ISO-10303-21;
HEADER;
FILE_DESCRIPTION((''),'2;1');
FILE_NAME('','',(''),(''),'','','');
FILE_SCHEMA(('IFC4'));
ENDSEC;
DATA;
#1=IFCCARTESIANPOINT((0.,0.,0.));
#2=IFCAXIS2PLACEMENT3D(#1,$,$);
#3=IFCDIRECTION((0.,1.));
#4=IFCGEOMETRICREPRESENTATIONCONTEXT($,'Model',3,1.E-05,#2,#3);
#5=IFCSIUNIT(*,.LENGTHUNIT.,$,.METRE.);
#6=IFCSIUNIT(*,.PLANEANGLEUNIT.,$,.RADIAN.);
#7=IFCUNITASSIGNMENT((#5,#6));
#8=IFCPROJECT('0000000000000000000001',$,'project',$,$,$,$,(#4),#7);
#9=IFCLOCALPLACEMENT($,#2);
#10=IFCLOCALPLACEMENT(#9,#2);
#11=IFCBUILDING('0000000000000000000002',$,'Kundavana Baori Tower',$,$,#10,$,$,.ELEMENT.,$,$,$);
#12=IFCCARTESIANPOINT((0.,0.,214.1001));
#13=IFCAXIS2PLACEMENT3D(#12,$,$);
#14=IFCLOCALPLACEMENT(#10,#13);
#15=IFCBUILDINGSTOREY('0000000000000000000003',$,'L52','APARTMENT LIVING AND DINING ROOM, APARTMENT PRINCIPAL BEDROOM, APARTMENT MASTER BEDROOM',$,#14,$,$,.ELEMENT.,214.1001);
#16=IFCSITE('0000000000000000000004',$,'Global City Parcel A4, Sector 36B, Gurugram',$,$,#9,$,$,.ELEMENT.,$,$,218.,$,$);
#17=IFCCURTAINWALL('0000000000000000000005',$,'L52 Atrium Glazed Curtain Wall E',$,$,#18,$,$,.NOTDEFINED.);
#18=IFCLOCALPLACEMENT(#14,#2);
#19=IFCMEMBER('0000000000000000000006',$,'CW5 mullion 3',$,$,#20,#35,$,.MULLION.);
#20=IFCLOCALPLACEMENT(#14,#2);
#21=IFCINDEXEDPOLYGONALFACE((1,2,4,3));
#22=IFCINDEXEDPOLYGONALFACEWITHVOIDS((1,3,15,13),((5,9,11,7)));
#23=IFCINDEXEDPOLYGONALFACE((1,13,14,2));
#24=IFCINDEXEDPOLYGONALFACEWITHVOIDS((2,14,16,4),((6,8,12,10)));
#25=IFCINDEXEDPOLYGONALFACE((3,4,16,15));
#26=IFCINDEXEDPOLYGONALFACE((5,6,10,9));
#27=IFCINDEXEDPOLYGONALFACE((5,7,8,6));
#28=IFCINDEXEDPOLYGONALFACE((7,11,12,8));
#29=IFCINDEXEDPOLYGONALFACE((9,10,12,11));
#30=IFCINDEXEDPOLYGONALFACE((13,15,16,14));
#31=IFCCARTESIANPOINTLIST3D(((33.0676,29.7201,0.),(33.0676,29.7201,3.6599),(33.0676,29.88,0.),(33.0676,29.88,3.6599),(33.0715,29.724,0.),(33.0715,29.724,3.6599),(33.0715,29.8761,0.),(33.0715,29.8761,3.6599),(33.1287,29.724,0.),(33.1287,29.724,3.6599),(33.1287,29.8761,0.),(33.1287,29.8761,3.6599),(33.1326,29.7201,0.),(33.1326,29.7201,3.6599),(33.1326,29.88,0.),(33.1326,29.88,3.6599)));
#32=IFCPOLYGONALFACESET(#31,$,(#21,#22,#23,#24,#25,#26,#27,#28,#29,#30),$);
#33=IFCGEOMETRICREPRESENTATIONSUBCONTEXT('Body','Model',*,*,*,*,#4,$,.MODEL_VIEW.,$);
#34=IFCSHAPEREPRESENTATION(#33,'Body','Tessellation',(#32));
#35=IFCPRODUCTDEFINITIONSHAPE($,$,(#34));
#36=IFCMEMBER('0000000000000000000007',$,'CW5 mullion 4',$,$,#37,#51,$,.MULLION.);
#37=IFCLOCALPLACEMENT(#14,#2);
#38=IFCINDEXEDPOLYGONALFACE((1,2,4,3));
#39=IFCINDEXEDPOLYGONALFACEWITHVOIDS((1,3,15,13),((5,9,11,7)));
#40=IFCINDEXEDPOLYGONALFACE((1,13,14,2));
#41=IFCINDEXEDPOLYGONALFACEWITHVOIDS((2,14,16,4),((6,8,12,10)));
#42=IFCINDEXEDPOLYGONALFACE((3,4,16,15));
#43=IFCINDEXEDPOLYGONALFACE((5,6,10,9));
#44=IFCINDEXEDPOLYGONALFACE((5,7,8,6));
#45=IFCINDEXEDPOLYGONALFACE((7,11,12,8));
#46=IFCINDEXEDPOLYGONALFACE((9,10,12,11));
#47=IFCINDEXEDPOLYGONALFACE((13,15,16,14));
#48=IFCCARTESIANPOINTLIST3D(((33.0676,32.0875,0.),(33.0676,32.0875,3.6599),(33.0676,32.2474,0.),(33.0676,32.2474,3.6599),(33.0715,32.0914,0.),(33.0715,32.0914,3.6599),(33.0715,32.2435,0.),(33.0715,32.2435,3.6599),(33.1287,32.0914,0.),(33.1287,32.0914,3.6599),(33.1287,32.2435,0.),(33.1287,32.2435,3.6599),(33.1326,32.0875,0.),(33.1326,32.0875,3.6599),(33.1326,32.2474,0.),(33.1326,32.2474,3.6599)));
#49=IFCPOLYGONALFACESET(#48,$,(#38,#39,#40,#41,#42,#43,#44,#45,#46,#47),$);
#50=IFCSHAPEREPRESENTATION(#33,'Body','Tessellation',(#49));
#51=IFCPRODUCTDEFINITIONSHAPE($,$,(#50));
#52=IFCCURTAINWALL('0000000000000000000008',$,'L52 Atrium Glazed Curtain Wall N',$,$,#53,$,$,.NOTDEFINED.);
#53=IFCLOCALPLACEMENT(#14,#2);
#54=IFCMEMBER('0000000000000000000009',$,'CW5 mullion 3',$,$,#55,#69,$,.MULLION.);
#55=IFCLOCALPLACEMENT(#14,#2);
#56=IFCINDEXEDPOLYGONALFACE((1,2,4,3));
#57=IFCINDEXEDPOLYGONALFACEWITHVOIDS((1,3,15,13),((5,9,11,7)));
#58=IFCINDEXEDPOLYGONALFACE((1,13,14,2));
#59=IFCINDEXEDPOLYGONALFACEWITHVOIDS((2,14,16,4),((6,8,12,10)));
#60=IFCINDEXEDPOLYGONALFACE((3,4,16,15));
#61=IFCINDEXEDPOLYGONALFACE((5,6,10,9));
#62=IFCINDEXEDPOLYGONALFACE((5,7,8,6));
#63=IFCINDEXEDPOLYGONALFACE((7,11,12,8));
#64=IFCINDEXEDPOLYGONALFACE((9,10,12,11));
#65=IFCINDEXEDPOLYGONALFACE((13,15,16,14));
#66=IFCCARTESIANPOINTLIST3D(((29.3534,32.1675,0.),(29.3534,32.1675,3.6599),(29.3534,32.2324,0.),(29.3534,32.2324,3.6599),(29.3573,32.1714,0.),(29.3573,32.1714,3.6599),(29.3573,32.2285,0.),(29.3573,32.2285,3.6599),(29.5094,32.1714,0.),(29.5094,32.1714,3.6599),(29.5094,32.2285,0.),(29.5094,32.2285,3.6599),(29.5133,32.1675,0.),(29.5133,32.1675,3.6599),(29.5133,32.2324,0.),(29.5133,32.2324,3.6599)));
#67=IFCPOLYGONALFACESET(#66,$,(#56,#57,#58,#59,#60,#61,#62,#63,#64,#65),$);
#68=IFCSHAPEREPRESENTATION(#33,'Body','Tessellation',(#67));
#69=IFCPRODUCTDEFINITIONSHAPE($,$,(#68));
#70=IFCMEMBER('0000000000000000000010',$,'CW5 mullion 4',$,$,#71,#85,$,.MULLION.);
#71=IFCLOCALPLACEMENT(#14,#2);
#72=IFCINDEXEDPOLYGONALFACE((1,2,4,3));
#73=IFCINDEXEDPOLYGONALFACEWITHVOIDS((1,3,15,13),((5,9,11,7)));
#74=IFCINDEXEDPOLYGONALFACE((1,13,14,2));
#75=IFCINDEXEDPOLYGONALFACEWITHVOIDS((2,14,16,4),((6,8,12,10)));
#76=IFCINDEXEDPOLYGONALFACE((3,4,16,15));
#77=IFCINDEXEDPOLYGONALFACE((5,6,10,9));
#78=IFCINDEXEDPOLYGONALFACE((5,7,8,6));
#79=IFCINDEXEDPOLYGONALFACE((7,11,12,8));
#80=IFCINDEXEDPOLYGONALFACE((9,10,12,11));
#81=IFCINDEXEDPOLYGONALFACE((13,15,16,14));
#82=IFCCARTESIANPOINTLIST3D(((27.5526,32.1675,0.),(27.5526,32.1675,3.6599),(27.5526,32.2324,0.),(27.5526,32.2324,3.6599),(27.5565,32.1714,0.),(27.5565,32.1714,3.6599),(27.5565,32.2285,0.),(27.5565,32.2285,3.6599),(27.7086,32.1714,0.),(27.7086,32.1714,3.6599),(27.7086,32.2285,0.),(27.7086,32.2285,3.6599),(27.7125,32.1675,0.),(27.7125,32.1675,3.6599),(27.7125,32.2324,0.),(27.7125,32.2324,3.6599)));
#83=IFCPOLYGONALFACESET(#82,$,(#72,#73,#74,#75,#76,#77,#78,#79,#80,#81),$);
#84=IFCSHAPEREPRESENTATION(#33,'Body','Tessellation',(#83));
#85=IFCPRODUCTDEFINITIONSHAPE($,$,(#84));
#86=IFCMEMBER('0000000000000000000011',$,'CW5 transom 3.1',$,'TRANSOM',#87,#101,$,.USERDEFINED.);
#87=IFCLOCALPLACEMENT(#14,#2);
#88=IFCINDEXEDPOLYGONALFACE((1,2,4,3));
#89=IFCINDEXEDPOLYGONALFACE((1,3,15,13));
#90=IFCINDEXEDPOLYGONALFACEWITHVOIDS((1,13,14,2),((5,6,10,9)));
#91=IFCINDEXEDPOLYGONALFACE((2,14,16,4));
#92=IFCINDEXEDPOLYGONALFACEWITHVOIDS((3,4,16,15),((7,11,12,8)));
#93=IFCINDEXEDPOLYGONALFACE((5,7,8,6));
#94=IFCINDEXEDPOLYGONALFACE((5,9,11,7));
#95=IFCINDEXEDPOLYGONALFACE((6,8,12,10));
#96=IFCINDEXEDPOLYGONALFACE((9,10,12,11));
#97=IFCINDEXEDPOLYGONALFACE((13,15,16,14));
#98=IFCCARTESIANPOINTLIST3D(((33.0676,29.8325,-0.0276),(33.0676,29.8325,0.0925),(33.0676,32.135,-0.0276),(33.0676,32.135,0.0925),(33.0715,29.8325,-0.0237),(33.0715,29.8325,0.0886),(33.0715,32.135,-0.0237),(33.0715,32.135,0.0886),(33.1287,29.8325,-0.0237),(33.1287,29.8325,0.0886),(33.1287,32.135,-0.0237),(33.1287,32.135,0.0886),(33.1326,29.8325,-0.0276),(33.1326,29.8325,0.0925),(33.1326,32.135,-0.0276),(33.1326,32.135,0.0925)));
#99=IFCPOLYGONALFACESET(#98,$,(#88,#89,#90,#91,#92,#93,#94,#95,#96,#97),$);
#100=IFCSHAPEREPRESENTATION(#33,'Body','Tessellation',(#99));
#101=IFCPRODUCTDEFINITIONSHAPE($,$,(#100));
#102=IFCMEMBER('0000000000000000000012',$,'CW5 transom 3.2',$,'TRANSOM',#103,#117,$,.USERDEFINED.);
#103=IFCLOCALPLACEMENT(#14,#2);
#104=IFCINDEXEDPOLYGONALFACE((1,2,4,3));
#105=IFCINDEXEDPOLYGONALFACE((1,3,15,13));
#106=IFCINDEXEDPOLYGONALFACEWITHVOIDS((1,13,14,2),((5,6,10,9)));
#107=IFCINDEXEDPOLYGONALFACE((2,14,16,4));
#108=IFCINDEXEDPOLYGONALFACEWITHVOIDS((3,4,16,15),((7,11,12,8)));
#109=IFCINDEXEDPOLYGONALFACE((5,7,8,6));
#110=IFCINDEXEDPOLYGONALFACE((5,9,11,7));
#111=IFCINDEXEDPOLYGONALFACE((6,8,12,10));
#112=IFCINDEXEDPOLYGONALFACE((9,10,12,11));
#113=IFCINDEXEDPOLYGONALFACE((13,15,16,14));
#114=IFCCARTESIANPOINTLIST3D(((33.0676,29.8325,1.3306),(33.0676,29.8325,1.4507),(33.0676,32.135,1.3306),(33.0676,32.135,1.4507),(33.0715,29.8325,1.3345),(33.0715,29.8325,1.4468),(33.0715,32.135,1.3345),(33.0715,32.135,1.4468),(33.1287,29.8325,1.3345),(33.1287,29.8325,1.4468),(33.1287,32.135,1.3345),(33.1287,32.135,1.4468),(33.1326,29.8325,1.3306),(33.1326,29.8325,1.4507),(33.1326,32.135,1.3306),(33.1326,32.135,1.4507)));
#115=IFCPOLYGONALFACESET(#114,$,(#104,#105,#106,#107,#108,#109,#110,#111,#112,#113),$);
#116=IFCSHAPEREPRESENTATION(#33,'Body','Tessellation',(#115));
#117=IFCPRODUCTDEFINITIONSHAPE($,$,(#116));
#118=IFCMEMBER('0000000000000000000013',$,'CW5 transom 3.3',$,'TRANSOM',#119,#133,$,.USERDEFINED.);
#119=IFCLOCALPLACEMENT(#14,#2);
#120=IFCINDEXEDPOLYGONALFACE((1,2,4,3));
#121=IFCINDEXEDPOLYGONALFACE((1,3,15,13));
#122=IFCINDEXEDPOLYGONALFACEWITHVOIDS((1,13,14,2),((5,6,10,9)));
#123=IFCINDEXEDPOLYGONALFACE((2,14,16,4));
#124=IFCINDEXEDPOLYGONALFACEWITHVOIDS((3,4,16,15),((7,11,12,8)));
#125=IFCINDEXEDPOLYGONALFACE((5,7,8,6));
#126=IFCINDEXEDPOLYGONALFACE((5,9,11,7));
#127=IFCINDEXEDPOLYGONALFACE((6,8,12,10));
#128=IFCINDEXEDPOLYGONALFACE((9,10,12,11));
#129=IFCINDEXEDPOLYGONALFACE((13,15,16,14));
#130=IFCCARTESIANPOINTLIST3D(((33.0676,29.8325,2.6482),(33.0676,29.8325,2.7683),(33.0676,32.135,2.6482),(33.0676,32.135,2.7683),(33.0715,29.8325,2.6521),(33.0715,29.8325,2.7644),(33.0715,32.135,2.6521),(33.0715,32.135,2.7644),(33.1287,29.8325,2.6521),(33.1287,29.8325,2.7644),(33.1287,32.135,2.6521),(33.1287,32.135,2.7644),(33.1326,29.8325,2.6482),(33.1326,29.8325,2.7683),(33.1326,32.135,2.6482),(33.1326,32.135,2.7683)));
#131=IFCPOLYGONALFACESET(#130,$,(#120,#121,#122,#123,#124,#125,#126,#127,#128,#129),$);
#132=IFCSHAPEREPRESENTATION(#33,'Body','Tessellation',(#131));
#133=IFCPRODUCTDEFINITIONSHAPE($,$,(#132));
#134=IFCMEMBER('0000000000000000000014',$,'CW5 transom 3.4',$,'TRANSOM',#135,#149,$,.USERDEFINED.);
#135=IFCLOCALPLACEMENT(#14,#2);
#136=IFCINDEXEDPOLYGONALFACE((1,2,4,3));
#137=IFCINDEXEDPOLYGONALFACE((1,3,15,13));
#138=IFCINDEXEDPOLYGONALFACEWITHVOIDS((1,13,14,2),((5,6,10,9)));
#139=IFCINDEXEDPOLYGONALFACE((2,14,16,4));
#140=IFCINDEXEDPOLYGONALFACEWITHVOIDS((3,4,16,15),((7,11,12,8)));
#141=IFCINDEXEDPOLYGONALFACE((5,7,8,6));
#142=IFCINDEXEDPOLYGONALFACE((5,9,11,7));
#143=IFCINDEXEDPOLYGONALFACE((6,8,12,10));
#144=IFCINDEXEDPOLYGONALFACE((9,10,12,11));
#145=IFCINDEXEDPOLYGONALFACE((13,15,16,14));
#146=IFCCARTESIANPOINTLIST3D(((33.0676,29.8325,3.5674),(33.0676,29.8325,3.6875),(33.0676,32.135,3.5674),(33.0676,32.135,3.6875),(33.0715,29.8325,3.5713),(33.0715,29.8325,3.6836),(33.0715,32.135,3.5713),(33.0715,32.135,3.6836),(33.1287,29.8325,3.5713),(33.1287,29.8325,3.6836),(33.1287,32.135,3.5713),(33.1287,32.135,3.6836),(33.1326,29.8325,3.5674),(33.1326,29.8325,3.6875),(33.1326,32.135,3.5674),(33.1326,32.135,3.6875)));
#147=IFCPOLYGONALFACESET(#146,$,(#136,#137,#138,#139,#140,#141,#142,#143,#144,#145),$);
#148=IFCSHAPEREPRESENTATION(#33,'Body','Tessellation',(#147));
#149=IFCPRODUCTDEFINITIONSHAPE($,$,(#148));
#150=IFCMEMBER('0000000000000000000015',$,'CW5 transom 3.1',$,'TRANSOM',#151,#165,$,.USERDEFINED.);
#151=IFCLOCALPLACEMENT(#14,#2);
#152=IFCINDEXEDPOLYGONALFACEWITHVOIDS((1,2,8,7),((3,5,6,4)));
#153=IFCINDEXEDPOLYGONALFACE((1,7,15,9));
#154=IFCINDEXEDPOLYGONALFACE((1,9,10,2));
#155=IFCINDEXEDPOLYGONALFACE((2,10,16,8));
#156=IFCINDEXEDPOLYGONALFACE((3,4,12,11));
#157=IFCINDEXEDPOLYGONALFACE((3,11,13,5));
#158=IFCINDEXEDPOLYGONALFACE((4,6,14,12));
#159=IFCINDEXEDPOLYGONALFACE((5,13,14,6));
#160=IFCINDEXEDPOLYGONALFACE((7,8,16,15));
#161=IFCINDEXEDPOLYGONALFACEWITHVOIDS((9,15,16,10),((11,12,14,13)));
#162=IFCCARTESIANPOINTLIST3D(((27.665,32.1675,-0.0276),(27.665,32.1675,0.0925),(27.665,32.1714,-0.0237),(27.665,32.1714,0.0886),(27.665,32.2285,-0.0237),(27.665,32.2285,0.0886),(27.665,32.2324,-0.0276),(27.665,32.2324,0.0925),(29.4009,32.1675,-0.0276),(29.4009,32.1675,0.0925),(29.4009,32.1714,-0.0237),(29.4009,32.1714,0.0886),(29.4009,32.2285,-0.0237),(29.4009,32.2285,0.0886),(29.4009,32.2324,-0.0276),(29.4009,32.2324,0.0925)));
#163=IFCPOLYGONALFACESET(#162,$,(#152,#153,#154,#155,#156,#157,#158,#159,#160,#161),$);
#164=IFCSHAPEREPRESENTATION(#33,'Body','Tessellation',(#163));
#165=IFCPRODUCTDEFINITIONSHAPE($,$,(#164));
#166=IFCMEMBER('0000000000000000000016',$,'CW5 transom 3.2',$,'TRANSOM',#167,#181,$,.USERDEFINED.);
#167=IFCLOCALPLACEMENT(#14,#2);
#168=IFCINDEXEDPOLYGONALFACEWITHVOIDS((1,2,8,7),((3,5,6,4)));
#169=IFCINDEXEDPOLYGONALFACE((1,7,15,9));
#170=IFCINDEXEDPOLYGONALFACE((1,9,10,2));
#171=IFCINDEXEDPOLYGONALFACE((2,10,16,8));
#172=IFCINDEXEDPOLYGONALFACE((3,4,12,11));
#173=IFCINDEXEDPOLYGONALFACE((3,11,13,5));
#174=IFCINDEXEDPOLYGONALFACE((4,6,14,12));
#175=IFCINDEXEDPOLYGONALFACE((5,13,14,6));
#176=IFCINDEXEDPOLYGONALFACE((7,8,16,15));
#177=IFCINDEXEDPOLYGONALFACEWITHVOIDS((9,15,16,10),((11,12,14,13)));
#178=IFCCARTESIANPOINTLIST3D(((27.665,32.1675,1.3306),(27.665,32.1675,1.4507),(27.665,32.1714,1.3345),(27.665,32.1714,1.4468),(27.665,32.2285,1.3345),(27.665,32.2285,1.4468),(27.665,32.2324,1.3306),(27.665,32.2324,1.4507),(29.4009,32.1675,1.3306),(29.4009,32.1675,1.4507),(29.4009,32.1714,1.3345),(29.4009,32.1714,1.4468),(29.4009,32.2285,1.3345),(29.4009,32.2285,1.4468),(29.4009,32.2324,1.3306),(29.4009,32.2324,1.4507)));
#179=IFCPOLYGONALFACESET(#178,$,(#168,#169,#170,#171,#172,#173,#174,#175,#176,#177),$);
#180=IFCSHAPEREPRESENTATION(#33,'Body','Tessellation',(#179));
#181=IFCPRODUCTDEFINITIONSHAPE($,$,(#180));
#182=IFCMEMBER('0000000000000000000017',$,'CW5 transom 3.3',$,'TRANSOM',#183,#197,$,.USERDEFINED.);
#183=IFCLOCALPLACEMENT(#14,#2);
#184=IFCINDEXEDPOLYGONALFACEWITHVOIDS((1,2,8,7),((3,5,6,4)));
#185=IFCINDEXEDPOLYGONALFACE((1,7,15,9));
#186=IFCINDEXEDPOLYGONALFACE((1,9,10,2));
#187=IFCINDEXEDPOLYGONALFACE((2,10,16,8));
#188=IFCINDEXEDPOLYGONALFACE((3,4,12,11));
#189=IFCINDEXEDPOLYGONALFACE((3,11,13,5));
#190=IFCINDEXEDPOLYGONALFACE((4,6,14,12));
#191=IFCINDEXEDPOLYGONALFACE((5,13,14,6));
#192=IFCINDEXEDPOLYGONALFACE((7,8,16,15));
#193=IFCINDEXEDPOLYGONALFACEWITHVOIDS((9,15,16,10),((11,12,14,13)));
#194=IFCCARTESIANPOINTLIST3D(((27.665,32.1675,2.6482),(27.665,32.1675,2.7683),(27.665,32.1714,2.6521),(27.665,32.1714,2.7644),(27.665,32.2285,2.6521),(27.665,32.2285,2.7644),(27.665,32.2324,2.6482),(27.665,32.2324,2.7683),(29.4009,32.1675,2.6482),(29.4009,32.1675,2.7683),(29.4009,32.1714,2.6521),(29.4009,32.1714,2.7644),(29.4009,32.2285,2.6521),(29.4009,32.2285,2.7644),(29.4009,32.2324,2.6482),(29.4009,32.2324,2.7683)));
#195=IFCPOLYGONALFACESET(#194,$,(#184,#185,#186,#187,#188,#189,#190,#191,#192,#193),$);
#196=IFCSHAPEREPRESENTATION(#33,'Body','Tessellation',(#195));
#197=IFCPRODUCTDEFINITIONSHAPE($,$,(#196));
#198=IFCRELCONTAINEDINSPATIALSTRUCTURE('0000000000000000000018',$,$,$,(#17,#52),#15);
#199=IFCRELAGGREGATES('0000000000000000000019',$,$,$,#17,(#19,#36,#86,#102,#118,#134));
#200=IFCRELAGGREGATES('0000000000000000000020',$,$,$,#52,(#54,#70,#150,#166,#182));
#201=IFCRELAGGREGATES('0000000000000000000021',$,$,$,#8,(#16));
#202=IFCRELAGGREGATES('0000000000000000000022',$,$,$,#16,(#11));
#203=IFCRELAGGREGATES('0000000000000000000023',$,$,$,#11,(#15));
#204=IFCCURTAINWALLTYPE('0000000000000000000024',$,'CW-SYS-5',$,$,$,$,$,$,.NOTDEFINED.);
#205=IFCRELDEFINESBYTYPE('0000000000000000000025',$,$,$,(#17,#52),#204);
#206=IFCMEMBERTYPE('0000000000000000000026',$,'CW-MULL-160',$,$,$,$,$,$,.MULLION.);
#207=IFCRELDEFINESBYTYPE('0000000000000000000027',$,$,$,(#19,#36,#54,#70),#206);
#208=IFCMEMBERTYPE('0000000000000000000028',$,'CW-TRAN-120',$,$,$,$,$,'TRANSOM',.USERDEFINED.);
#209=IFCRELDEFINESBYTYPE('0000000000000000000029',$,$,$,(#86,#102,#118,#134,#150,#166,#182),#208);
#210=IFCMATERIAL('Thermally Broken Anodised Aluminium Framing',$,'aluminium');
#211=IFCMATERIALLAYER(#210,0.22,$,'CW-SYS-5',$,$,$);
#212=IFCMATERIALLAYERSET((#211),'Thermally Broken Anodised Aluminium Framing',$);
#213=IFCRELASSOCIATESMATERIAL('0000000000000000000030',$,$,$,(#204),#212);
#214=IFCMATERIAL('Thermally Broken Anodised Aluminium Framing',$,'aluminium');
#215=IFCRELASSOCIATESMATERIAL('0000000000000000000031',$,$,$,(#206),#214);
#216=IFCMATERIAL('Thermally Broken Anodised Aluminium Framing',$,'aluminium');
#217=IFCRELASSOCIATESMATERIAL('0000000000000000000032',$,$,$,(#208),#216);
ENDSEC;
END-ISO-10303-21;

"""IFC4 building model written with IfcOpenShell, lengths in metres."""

from ifc_helpers import new_model, si_unit, direction, frame, origin, origin_2d, place, context, subcontext, project, spatial, hollow_rectangle, extrude, material, layer, layer_set, material_profile, profile_set, type_object, element, aggregate, save


model = new_model("IFC4")

# Units and contexts
model_context = context("Model", 3, precision=1e-05, world=origin(), true_north=direction((0.0, 1.0)))
body_context = subcontext(model_context, "Body", "Model", "MODEL_VIEW")
ifc_project = project(units=[si_unit("LENGTHUNIT", "METRE"), si_unit("PLANEANGLEUNIT", "RADIAN")], contexts=[model_context])

# Site, building, storey
site_placement = place(None, origin())
site = spatial("IfcSite", under=ifc_project, at=site_placement, Name="Global City Parcel A4, Sector 36B, Gurugram", CompositionType="ELEMENT", RefElevation=218.0)
building_placement = place(site_placement, origin())
building = spatial("IfcBuilding", under=site, at=building_placement, Name="Kundavana Baori Tower", CompositionType="ELEMENT")
storey_placement = place(building_placement, frame((0.0, 0.0, 214.1001)))
storey = spatial("IfcBuildingStorey", under=building, at=storey_placement, Name="L52", Description="APARTMENT LIVING AND DINING ROOM, APARTMENT PRINCIPAL BEDROOM, APARTMENT MASTER BEDROOM", CompositionType="ELEMENT", Elevation=214.1001)

# Curtain walls, members
ifc_material_1 = material(Name="Thermally Broken Anodised Aluminium Framing", Category="aluminium")
ifc_layer_1 = layer(ifc_material_1, 0.22, Name="CW-SYS-5")
ifc_layer_set_1 = layer_set([ifc_layer_1], Name="Thermally Broken Anodised Aluminium Framing")
curtain_wall_type = type_object("IfcCurtainWallType", Name="CW-SYS-5", PredefinedType="NOTDEFINED", material=ifc_layer_set_1)
curtain_wall_1_placement = place(storey_placement, origin())
curtain_wall_1 = element("IfcCurtainWall", 1, at=curtain_wall_1_placement, inside=storey, type_object=curtain_wall_type, Name="L52 Atrium Glazed Curtain Wall E", PredefinedType="NOTDEFINED")
ifc_material_2 = material(Name="Thermally Broken Anodised Aluminium Framing", Category="aluminium")
ifc_material_profile_1 = material_profile(ifc_material_2, hollow_rectangle(XDim=0.0649, YDim=0.1599, WallThickness=0.0039, at=origin_2d()), Name="CW-MULL-160")
ifc_profile_set_1 = profile_set([ifc_material_profile_1], Name="Thermally Broken Anodised Aluminium Framing")
member_type_1 = type_object("IfcMemberType", Name="CW-MULL-160", PredefinedType="MULLION", material=ifc_profile_set_1)
member_1_placement = place(storey_placement, frame((33.1001, 29.8, 0.0), z_axis=(0.0, 0.0, 1.0), x_axis=(-1.0, 0.0, 0.0)))
member_1 = element("IfcMember", 2, at=member_1_placement, type_object=member_type_1, Name="CW5 mullion 3", PredefinedType="MULLION", context=body_context, shape_type="SweptSolid", body=[
    extrude(hollow_rectangle(XDim=0.0649, YDim=0.1599, WallThickness=0.0039, at=origin_2d()), origin(), (0.0, 0.0, 1.0), 3.6599),
])
member_2_placement = place(storey_placement, frame((33.1001, 32.1675, 0.0), z_axis=(0.0, 0.0, 1.0), x_axis=(-1.0, 0.0, 0.0)))
member_2 = element("IfcMember", 3, at=member_2_placement, type_object=member_type_1, Name="CW5 mullion 4", PredefinedType="MULLION", context=body_context, shape_type="SweptSolid", body=[
    extrude(hollow_rectangle(XDim=0.0649, YDim=0.1599, WallThickness=0.0039, at=origin_2d()), origin(), (0.0, 0.0, 1.0), 3.6599),
])
curtain_wall_2_placement = place(storey_placement, origin())
curtain_wall_2 = element("IfcCurtainWall", 4, at=curtain_wall_2_placement, inside=storey, type_object=curtain_wall_type, Name="L52 Atrium Glazed Curtain Wall N", PredefinedType="NOTDEFINED")
member_3_placement = place(storey_placement, frame((29.4333, 32.2, 0.0), z_axis=(0.0, 0.0, 1.0), x_axis=(0.0, -1.0, 0.0)))
member_3 = element("IfcMember", 5, at=member_3_placement, type_object=member_type_1, Name="CW5 mullion 3", PredefinedType="MULLION", context=body_context, shape_type="SweptSolid", body=[
    extrude(hollow_rectangle(XDim=0.0649, YDim=0.1599, WallThickness=0.0039, at=origin_2d()), origin(), (0.0, 0.0, 1.0), 3.6599),
])
member_4_placement = place(storey_placement, frame((27.6326, 32.2, 0.0), z_axis=(0.0, 0.0, 1.0), x_axis=(0.0, -1.0, 0.0)))
member_4 = element("IfcMember", 6, at=member_4_placement, type_object=member_type_1, Name="CW5 mullion 4", PredefinedType="MULLION", context=body_context, shape_type="SweptSolid", body=[
    extrude(hollow_rectangle(XDim=0.0649, YDim=0.1599, WallThickness=0.0039, at=origin_2d()), origin(), (0.0, 0.0, 1.0), 3.6599),
])

# Members
ifc_material_3 = material(Name="Thermally Broken Anodised Aluminium Framing", Category="aluminium")
ifc_material_profile_2 = material_profile(ifc_material_3, hollow_rectangle(XDim=0.0649, YDim=0.1201, WallThickness=0.0039, at=origin_2d()), Name="CW-TRAN-120")
ifc_profile_set_2 = profile_set([ifc_material_profile_2], Name="Thermally Broken Anodised Aluminium Framing")
member_type_2 = type_object("IfcMemberType", Name="CW-TRAN-120", ElementType="TRANSOM", PredefinedType="USERDEFINED", material=ifc_profile_set_2)
member_5_placement = place(storey_placement, frame((33.1001, 29.8325, 0.0325), z_axis=(0.0, 1.0, 0.0), x_axis=(-1.0, 0.0, 0.0)))
member_5 = element("IfcMember", 7, at=member_5_placement, type_object=member_type_2, Name="CW5 transom 3.1", ObjectType="TRANSOM", PredefinedType="USERDEFINED", context=body_context, shape_type="SweptSolid", body=[
    extrude(hollow_rectangle(XDim=0.0649, YDim=0.1201, WallThickness=0.0039, at=origin_2d()), origin(), (0.0, 0.0, 1.0), 2.3025),
])
member_6_placement = place(storey_placement, frame((33.1001, 29.8325, 1.3906), z_axis=(0.0, 1.0, 0.0), x_axis=(-1.0, 0.0, 0.0)))
member_6 = element("IfcMember", 8, at=member_6_placement, type_object=member_type_2, Name="CW5 transom 3.2", ObjectType="TRANSOM", PredefinedType="USERDEFINED", context=body_context, shape_type="SweptSolid", body=[
    extrude(hollow_rectangle(XDim=0.0649, YDim=0.1201, WallThickness=0.0039, at=origin_2d()), origin(), (0.0, 0.0, 1.0), 2.3025),
])
member_7_placement = place(storey_placement, frame((33.1001, 29.8325, 2.7083), z_axis=(0.0, 1.0, 0.0), x_axis=(-1.0, 0.0, 0.0)))
member_7 = element("IfcMember", 9, at=member_7_placement, type_object=member_type_2, Name="CW5 transom 3.3", ObjectType="TRANSOM", PredefinedType="USERDEFINED", context=body_context, shape_type="SweptSolid", body=[
    extrude(hollow_rectangle(XDim=0.0649, YDim=0.1201, WallThickness=0.0039, at=origin_2d()), origin(), (0.0, 0.0, 1.0), 2.3025),
])
member_8_placement = place(storey_placement, frame((33.1001, 29.8325, 3.6274), z_axis=(0.0, 1.0, 0.0), x_axis=(-1.0, 0.0, 0.0)))
member_8 = element("IfcMember", 10, at=member_8_placement, type_object=member_type_2, Name="CW5 transom 3.4", ObjectType="TRANSOM", PredefinedType="USERDEFINED", context=body_context, shape_type="SweptSolid", body=[
    extrude(hollow_rectangle(XDim=0.0649, YDim=0.1201, WallThickness=0.0039, at=origin_2d()), origin(), (0.0, 0.0, 1.0), 2.3025),
])
member_9_placement = place(storey_placement, frame((29.4009, 32.2, 0.0325), z_axis=(-1.0, 0.0, 0.0), x_axis=(0.0, -1.0, 0.0)))
member_9 = element("IfcMember", 11, at=member_9_placement, type_object=member_type_2, Name="CW5 transom 3.1", ObjectType="TRANSOM", PredefinedType="USERDEFINED", context=body_context, shape_type="SweptSolid", body=[
    extrude(hollow_rectangle(XDim=0.0649, YDim=0.1201, WallThickness=0.0039, at=origin_2d()), origin(), (0.0, 0.0, 1.0), 1.7358),
])
member_10_placement = place(storey_placement, frame((29.4009, 32.2, 1.3906), z_axis=(-1.0, 0.0, 0.0), x_axis=(0.0, -1.0, 0.0)))
member_10 = element("IfcMember", 12, at=member_10_placement, type_object=member_type_2, Name="CW5 transom 3.2", ObjectType="TRANSOM", PredefinedType="USERDEFINED", context=body_context, shape_type="SweptSolid", body=[
    extrude(hollow_rectangle(XDim=0.0649, YDim=0.1201, WallThickness=0.0039, at=origin_2d()), origin(), (0.0, 0.0, 1.0), 1.7358),
])
member_11_placement = place(storey_placement, frame((29.4009, 32.2, 2.7083), z_axis=(-1.0, 0.0, 0.0), x_axis=(0.0, -1.0, 0.0)))
member_11 = element("IfcMember", 13, at=member_11_placement, type_object=member_type_2, Name="CW5 transom 3.3", ObjectType="TRANSOM", PredefinedType="USERDEFINED", context=body_context, shape_type="SweptSolid", body=[
    extrude(hollow_rectangle(XDim=0.0649, YDim=0.1201, WallThickness=0.0039, at=origin_2d()), origin(), (0.0, 0.0, 1.0), 1.7358),
])

aggregate(curtain_wall_1, [member_1, member_2, member_5, member_6, member_7, member_8])
aggregate(curtain_wall_2, [member_3, member_4, member_9, member_10, member_11])

save(model, "model.ifc")
